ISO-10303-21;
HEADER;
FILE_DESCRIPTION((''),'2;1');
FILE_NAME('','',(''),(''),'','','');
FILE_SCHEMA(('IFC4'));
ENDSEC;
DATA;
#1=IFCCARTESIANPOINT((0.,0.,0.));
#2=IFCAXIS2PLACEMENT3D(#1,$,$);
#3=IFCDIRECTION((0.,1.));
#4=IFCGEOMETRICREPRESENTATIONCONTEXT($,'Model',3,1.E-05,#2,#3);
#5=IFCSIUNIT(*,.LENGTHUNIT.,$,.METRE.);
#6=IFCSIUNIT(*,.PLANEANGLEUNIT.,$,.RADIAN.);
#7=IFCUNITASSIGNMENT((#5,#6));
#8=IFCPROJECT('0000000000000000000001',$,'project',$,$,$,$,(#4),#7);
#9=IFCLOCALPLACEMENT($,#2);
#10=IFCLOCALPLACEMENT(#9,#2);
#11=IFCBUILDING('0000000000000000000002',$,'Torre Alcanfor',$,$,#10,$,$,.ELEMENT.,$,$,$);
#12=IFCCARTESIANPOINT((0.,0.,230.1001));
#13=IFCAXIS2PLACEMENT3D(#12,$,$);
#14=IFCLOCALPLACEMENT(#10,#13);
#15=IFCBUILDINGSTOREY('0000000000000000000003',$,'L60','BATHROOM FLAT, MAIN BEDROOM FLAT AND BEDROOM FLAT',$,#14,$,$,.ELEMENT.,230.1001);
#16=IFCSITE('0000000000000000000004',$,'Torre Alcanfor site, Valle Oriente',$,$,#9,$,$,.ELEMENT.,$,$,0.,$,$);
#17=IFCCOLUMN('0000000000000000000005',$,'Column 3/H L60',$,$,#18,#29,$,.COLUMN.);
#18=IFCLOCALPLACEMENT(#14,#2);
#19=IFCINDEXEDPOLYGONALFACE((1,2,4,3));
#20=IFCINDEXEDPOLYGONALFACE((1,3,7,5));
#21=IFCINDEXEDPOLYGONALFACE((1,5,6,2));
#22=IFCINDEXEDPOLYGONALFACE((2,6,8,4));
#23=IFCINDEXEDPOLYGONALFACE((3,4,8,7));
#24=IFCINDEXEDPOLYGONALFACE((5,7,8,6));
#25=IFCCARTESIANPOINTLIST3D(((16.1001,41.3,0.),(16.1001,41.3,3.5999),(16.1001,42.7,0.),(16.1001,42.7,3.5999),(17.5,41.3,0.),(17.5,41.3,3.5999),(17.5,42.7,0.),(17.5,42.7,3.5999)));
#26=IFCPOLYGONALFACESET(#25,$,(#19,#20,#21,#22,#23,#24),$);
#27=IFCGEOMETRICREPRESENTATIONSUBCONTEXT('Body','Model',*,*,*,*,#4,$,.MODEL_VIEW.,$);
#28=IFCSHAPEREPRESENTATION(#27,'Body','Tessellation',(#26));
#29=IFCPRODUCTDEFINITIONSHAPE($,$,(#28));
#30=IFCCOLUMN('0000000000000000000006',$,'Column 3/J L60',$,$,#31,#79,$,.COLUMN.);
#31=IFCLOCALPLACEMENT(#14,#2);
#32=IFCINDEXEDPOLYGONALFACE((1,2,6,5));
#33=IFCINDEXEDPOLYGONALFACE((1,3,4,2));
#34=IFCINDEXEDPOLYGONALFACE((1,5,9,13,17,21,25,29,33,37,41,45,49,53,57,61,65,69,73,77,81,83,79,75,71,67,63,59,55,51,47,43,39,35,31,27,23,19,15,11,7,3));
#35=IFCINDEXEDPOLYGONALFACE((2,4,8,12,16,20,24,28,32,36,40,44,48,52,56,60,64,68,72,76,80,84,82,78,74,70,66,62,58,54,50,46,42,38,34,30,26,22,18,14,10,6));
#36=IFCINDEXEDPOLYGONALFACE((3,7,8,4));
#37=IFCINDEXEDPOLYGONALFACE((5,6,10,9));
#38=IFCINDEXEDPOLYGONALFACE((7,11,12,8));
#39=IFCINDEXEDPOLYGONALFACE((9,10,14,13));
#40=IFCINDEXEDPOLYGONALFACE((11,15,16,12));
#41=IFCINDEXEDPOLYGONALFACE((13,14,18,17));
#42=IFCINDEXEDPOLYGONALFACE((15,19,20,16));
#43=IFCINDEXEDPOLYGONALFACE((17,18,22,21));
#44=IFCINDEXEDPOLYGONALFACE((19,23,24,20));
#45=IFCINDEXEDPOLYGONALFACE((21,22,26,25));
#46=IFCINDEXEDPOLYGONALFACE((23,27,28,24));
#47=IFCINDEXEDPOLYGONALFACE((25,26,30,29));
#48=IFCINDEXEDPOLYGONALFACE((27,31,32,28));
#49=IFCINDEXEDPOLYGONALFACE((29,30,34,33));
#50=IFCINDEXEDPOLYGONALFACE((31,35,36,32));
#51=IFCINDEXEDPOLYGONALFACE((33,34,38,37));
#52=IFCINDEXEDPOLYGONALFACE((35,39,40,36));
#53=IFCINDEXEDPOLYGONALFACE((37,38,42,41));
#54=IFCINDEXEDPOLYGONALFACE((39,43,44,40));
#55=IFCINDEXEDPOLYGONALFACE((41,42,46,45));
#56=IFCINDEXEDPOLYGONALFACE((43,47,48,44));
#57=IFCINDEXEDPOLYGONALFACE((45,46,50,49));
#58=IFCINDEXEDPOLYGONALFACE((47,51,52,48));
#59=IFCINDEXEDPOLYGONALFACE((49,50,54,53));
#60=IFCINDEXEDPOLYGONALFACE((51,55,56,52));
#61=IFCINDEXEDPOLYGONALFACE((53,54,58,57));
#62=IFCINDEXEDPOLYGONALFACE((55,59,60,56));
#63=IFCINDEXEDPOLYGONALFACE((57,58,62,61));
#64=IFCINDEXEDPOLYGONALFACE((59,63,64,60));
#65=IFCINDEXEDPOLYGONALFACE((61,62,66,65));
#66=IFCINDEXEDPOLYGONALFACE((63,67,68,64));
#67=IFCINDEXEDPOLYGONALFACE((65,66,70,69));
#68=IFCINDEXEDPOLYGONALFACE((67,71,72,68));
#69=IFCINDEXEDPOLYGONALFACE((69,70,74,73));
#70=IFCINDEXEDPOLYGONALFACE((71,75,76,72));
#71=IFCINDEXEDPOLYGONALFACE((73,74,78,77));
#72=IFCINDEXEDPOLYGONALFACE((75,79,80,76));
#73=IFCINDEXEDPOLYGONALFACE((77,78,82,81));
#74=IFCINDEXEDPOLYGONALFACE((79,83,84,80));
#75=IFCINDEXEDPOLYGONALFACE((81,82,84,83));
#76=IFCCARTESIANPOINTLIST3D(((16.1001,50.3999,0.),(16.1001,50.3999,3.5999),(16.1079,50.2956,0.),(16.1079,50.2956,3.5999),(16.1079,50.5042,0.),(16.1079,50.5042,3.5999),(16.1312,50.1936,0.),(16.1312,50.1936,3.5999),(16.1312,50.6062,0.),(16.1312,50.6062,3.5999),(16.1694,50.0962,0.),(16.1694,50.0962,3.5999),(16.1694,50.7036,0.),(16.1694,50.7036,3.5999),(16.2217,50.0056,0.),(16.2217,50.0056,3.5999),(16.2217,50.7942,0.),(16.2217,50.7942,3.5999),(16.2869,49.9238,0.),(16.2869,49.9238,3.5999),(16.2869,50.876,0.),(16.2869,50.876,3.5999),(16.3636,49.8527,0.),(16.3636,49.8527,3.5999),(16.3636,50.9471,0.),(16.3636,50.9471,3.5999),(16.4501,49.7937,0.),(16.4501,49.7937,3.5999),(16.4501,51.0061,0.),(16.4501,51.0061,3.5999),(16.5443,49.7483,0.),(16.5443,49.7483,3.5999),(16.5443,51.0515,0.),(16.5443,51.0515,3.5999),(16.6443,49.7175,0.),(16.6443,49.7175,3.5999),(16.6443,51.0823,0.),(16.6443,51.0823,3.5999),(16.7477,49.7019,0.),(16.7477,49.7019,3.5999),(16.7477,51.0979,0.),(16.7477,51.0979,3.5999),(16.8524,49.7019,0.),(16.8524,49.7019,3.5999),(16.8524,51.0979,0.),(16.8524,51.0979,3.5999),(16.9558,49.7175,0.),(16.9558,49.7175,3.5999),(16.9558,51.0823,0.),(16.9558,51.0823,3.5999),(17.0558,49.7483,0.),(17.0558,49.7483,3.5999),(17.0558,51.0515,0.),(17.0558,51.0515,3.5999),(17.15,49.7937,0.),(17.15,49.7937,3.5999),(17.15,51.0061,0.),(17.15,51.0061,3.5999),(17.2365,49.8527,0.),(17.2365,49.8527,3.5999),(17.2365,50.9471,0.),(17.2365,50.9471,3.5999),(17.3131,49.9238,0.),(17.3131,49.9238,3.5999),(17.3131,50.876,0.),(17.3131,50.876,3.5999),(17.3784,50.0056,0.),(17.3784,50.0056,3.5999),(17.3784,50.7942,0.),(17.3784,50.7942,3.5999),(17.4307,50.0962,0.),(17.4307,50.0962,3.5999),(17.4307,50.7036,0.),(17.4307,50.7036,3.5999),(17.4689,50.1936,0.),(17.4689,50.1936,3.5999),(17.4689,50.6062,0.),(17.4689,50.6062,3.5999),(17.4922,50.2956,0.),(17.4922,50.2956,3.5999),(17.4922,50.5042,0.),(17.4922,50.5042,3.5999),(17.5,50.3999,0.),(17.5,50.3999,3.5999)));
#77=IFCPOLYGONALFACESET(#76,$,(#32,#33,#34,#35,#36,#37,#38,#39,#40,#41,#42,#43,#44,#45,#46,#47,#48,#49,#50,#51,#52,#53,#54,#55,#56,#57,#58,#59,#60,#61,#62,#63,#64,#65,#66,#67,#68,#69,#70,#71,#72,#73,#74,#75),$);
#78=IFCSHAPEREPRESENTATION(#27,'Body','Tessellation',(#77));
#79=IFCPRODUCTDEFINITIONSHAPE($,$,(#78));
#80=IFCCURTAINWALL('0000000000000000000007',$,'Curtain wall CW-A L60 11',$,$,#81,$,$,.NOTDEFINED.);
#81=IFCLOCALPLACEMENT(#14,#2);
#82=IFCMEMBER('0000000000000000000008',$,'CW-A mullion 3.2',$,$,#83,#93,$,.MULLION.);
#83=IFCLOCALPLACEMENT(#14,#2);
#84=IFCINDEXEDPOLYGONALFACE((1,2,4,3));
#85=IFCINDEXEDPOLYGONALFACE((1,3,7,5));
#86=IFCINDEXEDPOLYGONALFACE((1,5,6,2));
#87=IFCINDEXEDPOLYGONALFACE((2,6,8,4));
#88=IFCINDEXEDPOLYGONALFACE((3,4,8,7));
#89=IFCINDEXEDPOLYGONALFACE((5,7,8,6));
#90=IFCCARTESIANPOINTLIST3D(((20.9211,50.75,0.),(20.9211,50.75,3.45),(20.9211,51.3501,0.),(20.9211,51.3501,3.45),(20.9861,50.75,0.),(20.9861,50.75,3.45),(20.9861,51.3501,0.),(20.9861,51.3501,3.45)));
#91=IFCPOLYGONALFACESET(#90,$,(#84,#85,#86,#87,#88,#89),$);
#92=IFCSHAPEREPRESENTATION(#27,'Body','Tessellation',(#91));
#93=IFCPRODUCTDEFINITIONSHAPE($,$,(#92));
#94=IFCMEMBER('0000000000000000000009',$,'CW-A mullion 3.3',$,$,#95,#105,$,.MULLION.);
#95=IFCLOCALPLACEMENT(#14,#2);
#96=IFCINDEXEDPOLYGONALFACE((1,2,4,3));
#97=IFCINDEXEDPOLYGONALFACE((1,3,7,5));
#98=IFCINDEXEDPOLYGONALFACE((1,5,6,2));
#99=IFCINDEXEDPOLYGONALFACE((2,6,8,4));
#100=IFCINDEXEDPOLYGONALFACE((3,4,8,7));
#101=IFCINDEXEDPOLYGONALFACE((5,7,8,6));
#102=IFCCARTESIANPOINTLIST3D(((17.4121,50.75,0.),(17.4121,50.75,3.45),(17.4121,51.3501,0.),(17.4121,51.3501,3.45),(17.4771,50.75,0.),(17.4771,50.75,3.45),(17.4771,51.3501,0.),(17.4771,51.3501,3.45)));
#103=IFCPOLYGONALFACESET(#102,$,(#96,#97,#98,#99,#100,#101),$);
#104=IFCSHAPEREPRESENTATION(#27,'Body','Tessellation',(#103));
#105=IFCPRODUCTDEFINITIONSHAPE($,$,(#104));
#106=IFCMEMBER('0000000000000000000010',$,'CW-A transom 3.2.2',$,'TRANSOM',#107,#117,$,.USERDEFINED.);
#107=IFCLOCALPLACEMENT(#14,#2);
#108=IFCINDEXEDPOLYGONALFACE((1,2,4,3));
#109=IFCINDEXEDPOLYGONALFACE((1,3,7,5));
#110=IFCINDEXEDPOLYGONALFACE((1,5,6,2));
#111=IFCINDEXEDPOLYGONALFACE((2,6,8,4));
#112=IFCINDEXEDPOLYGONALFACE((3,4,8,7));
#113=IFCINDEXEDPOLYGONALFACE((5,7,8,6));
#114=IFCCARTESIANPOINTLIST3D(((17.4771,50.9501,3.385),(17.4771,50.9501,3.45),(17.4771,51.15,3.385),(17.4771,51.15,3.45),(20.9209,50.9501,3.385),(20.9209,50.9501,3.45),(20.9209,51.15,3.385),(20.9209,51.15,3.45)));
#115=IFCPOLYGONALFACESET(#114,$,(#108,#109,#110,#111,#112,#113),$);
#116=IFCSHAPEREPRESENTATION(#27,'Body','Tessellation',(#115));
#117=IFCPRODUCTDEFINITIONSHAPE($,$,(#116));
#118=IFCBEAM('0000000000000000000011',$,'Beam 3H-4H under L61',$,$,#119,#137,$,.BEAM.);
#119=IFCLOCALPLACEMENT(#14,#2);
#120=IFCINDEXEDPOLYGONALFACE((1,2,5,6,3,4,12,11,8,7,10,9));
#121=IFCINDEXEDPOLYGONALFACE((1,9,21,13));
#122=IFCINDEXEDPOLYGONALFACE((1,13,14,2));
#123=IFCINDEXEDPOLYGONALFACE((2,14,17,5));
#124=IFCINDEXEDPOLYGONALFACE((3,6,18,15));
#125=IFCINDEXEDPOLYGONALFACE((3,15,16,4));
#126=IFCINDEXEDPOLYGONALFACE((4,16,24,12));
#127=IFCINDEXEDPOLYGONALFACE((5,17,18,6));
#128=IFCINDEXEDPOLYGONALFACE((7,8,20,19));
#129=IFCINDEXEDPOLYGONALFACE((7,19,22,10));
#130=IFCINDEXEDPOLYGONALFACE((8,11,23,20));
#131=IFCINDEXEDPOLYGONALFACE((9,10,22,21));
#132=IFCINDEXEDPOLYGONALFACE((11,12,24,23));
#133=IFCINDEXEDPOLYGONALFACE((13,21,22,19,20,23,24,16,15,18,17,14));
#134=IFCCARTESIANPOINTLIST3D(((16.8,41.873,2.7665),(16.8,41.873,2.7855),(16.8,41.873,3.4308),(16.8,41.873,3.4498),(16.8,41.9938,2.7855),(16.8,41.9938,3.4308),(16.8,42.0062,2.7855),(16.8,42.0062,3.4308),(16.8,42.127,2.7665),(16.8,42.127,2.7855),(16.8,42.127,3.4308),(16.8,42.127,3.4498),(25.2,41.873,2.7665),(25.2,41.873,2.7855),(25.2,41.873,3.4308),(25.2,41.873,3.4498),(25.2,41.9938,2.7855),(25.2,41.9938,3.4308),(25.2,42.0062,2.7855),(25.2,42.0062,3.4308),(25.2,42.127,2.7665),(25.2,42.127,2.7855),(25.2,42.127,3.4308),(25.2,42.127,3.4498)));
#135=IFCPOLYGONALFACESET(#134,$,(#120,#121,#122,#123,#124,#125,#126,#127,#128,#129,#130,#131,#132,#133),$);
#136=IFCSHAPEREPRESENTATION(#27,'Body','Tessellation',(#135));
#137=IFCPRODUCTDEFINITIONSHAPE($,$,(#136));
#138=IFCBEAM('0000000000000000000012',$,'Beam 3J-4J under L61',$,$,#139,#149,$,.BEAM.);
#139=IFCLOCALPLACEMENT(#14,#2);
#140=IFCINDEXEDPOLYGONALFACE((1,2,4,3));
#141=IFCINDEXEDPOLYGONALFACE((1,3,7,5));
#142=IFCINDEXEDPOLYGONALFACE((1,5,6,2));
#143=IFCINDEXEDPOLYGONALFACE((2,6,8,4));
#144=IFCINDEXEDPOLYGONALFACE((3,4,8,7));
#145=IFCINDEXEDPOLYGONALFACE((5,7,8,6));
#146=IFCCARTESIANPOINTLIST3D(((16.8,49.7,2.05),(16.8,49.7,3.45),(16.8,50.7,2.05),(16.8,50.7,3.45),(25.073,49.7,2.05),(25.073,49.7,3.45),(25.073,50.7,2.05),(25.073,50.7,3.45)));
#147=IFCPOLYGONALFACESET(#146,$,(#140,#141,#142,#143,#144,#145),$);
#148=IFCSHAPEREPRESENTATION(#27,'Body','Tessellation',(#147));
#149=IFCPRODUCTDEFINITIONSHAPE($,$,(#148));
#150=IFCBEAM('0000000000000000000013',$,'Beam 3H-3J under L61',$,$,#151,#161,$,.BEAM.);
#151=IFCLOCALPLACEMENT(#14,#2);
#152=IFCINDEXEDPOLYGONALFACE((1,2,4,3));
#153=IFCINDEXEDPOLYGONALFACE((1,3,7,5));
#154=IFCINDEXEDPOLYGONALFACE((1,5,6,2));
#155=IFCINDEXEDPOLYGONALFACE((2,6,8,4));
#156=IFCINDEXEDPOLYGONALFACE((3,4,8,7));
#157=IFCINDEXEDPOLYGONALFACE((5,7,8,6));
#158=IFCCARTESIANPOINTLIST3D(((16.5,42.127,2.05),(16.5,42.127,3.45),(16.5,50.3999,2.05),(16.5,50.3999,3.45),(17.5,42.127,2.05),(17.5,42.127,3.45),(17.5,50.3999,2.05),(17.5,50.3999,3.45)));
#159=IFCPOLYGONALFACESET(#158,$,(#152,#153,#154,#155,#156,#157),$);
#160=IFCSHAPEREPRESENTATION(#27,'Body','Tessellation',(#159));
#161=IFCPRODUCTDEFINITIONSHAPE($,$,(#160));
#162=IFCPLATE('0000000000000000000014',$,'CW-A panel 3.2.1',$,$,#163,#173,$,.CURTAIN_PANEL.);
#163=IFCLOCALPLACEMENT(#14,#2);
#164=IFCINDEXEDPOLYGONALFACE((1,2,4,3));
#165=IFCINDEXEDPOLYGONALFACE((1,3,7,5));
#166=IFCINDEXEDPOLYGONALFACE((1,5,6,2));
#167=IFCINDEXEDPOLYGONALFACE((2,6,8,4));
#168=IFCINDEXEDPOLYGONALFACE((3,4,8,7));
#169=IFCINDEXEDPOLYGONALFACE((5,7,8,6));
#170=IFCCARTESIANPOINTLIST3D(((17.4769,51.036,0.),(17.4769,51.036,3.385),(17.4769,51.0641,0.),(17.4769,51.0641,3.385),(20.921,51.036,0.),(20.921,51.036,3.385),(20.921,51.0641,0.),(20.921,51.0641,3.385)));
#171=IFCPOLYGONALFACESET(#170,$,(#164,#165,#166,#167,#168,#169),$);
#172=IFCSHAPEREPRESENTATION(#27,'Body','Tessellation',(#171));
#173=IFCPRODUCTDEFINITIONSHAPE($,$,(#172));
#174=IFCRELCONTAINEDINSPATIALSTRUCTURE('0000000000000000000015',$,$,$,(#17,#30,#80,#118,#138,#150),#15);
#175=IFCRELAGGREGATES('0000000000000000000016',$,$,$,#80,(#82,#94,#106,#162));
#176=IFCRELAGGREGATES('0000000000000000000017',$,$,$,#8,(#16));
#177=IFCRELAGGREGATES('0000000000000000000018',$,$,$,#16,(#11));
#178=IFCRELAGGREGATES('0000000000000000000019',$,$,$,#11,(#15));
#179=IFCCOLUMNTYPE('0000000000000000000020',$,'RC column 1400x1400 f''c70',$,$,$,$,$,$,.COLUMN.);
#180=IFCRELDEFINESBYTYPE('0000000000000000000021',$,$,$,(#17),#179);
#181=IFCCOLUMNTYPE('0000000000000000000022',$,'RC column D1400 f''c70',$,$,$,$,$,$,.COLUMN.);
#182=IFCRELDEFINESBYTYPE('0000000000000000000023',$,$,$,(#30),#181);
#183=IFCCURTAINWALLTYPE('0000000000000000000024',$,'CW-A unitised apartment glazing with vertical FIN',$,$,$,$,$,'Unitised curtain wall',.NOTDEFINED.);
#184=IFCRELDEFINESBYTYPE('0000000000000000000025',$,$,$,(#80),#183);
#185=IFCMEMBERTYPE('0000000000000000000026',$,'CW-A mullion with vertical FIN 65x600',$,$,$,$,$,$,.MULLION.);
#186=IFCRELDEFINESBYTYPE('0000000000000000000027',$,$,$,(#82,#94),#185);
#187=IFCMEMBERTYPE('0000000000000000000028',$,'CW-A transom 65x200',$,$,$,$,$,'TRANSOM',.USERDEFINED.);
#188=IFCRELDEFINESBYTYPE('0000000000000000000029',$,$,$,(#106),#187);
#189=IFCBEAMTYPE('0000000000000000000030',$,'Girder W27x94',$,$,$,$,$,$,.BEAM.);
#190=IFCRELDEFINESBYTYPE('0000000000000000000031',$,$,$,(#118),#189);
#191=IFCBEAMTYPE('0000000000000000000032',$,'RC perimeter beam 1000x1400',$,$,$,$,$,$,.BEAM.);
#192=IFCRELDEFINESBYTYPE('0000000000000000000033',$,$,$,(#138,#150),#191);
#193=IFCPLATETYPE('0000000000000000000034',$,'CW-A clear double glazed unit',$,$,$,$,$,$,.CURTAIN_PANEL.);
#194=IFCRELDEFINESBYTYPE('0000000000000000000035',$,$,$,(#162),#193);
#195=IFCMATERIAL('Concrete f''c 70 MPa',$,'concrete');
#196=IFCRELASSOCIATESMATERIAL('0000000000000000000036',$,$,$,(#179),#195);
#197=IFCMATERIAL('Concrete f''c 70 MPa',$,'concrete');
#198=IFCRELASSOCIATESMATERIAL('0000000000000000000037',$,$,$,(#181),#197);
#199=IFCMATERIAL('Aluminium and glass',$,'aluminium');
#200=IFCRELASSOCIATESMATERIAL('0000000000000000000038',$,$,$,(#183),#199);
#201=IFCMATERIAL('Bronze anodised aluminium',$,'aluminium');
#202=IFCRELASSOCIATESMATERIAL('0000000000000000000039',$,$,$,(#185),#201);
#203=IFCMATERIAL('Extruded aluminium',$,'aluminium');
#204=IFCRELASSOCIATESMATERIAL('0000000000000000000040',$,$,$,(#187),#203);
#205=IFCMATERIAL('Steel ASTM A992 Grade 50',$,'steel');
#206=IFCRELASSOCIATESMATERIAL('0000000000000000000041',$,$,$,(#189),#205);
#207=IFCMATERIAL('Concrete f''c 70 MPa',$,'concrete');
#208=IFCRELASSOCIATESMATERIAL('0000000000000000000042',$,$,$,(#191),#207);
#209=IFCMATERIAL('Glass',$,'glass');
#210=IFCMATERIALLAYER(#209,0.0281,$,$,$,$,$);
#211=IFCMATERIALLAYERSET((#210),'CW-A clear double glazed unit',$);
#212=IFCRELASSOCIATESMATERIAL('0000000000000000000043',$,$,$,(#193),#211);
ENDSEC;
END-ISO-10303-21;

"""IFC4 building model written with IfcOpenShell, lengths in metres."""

from ifc_helpers import new_model, si_unit, direction, frame, origin, origin_2d, place, context, subcontext, project, spatial, rectangle, circle, i_section, extrude, material, layer, layer_set, material_profile, profile_set, type_object, element, aggregate, save


model = new_model("IFC4")

# Units and contexts
model_context = context("Model", 3, precision=1e-05, world=origin(), true_north=direction((0.0, 1.0)))
body_context = subcontext(model_context, "Body", "Model", "MODEL_VIEW")
ifc_project = project(units=[si_unit("LENGTHUNIT", "METRE"), si_unit("PLANEANGLEUNIT", "RADIAN")], contexts=[model_context])

# Site, building, storey
site_placement = place(None, origin())
site = spatial("IfcSite", under=ifc_project, at=site_placement, Name="Torre Alcanfor site, Valle Oriente", CompositionType="ELEMENT", RefElevation=0.0)
building_placement = place(site_placement, origin())
building = spatial("IfcBuilding", under=site, at=building_placement, Name="Torre Alcanfor", CompositionType="ELEMENT")
storey_placement = place(building_placement, frame((0.0, 0.0, 230.1001)))
storey = spatial("IfcBuildingStorey", under=building, at=storey_placement, Name="L60", Description="BATHROOM FLAT, MAIN BEDROOM FLAT AND BEDROOM FLAT", CompositionType="ELEMENT", Elevation=230.1001)

# Columns
ifc_material_1 = material(Name="Concrete f'c 70 MPa", Category="concrete")
ifc_material_profile_1 = material_profile(ifc_material_1, rectangle(XDim=1.3999, YDim=1.3999, at=origin_2d()), Name="1400x1400")
ifc_profile_set_1 = profile_set([ifc_material_profile_1], Name="Concrete f'c 70 MPa")
column_type_1 = type_object("IfcColumnType", Name="RC column 1400x1400 f'c70", PredefinedType="COLUMN", material=ifc_profile_set_1)
column_1_placement = place(storey_placement, frame((16.8, 42.0, 0.0), z_axis=(0.0, 0.0, 1.0), x_axis=(1.0, 0.0, 0.0)))
element("IfcColumn", 1, at=column_1_placement, inside=storey, type_object=column_type_1, Name="Column 3/H L60", PredefinedType="COLUMN", context=body_context, shape_type="SweptSolid", body=[
    extrude(rectangle(XDim=1.3999, YDim=1.3999, at=origin_2d()), origin(), (0.0, 0.0, 1.0), 3.5999),
])
ifc_material_2 = material(Name="Concrete f'c 70 MPa", Category="concrete")
ifc_material_profile_2 = material_profile(ifc_material_2, circle(Radius=0.7, at=origin_2d()), Name="D1400")
ifc_profile_set_2 = profile_set([ifc_material_profile_2], Name="Concrete f'c 70 MPa")
column_type_2 = type_object("IfcColumnType", Name="RC column D1400 f'c70", PredefinedType="COLUMN", material=ifc_profile_set_2)
column_2_placement = place(storey_placement, frame((16.8, 50.3999, 0.0), z_axis=(0.0, 0.0, 1.0), x_axis=(1.0, 0.0, 0.0)))
element("IfcColumn", 2, at=column_2_placement, inside=storey, type_object=column_type_2, Name="Column 3/J L60", PredefinedType="COLUMN", context=body_context, shape_type="SweptSolid", body=[
    extrude(circle(Radius=0.7, at=origin_2d()), origin(), (0.0, 0.0, 1.0), 3.5999),
])

# Curtain wall, members
ifc_material_3 = material(Name="Aluminium and glass", Category="aluminium")
curtain_wall_type = type_object("IfcCurtainWallType", Name="CW-A unitised apartment glazing with vertical FIN", ElementType="Unitised curtain wall", PredefinedType="NOTDEFINED", material=ifc_material_3)
curtain_wall_placement = place(storey_placement, origin())
curtain_wall = element("IfcCurtainWall", 3, at=curtain_wall_placement, inside=storey, type_object=curtain_wall_type, Name="Curtain wall CW-A L60 11", PredefinedType="NOTDEFINED")
ifc_material_4 = material(Name="Bronze anodised aluminium", Category="aluminium")
ifc_material_profile_3 = material_profile(ifc_material_4, rectangle(XDim=0.6001, YDim=0.0649, at=origin_2d()), Name="CW-A mullion 65x600")
ifc_profile_set_3 = profile_set([ifc_material_profile_3], Name="Bronze anodised aluminium")
member_type_1 = type_object("IfcMemberType", Name="CW-A mullion with vertical FIN 65x600", PredefinedType="MULLION", material=ifc_profile_set_3)
member_1_placement = place(storey_placement, frame((20.9536, 51.05, 0.0), z_axis=(0.0, 0.0, 1.0), x_axis=(0.0, -1.0, 0.0)))
member_1 = element("IfcMember", 4, at=member_1_placement, type_object=member_type_1, Name="CW-A mullion 3.2", PredefinedType="MULLION", context=body_context, shape_type="SweptSolid", body=[
    extrude(rectangle(XDim=0.6001, YDim=0.0649, at=origin_2d()), origin(), (0.0, 0.0, 1.0), 3.45),
])
member_2_placement = place(storey_placement, frame((17.4446, 51.05, 0.0), z_axis=(0.0, 0.0, 1.0), x_axis=(0.0, -1.0, 0.0)))
member_2 = element("IfcMember", 5, at=member_2_placement, type_object=member_type_1, Name="CW-A mullion 3.3", PredefinedType="MULLION", context=body_context, shape_type="SweptSolid", body=[
    extrude(rectangle(XDim=0.6001, YDim=0.0649, at=origin_2d()), origin(), (0.0, 0.0, 1.0), 3.45),
])
ifc_material_5 = material(Name="Extruded aluminium", Category="aluminium")
ifc_material_profile_4 = material_profile(ifc_material_5, rectangle(XDim=0.2, YDim=0.0649, at=origin_2d()), Name="CW-A transom 200x65")
ifc_profile_set_4 = profile_set([ifc_material_profile_4], Name="Extruded aluminium")
member_type_2 = type_object("IfcMemberType", Name="CW-A transom 65x200", ElementType="TRANSOM", PredefinedType="USERDEFINED", material=ifc_profile_set_4)
member_3_placement = place(storey_placement, frame((20.9209, 51.05, 3.4175), z_axis=(-1.0, 0.0, 0.0), x_axis=(0.0, -1.0, 0.0)))
member_3 = element("IfcMember", 6, at=member_3_placement, type_object=member_type_2, Name="CW-A transom 3.2.2", ObjectType="TRANSOM", PredefinedType="USERDEFINED", context=body_context, shape_type="SweptSolid", body=[
    extrude(rectangle(XDim=0.2, YDim=0.0649, at=origin_2d()), origin(), (0.0, 0.0, 1.0), 3.4438),
])

# Beams
ifc_material_6 = material(Name="Steel ASTM A992 Grade 50", Category="steel")
ifc_material_profile_5 = material_profile(ifc_material_6, i_section(OverallWidth=0.2539, OverallDepth=0.6833, WebThickness=0.0125, FlangeThickness=0.019, at=origin_2d()), Name="W27x94")
ifc_profile_set_5 = profile_set([ifc_material_profile_5], Name="Steel ASTM A992 Grade 50")
beam_type_1 = type_object("IfcBeamType", Name="Girder W27x94", PredefinedType="BEAM", material=ifc_profile_set_5)
beam_placement = place(storey_placement, frame((16.8, 42.0, 3.1082), z_axis=(1.0, 0.0, 0.0), x_axis=(0.0, 1.0, 0.0)))
element("IfcBeam", 7, at=beam_placement, inside=storey, type_object=beam_type_1, Name="Beam 3H-4H under L61", PredefinedType="BEAM", context=body_context, shape_type="SweptSolid", body=[
    extrude(i_section(OverallWidth=0.2539, OverallDepth=0.6833, WebThickness=0.0125, FlangeThickness=0.019, at=origin_2d()), origin(), (0.0, 0.0, 1.0), 8.3999),
])
ifc_material_7 = material(Name="Concrete f'c 70 MPa", Category="concrete")
ifc_material_profile_6 = material_profile(ifc_material_7, rectangle(XDim=1.0, YDim=1.3999, at=origin_2d()), Name="1000x1400")
ifc_profile_set_6 = profile_set([ifc_material_profile_6], Name="Concrete f'c 70 MPa")
beam_type_2 = type_object("IfcBeamType", Name="RC perimeter beam 1000x1400", PredefinedType="BEAM", material=ifc_profile_set_6)
for number, where, z_axis, x_axis, name in (
    (8, (16.8, 50.2, 2.75), (1.0, 0.0, 0.0), (0.0, 1.0, 0.0), "Beam 3J-4J under L61"),
    (9, (17.0, 42.127, 2.75), (0.0, 1.0, 0.0), (-1.0, 0.0, 0.0), "Beam 3H-3J under L61"),
):
    element("IfcBeam", number, at=place(storey_placement, frame(where, z_axis=z_axis, x_axis=x_axis)), inside=storey, type_object=beam_type_2, Name=name, PredefinedType="BEAM", context=body_context, shape_type="SweptSolid", body=[
        extrude(rectangle(XDim=1.0, YDim=1.3999, at=origin_2d()), origin(), (0.0, 0.0, 1.0), 8.2729),
    ])

# Plate
ifc_material_8 = material(Name="Glass", Category="glass")
ifc_layer_1 = layer(ifc_material_8, 0.0281)
ifc_layer_set_1 = layer_set([ifc_layer_1], Name="CW-A clear double glazed unit")
plate_type = type_object("IfcPlateType", Name="CW-A clear double glazed unit", PredefinedType="CURTAIN_PANEL", material=ifc_layer_set_1)
plate_placement = place(storey_placement, frame((19.199, 51.05, 0.0), z_axis=(0.0, 0.0, 1.0), x_axis=(-1.0, 0.0, 0.0)))
plate = element("IfcPlate", 10, at=plate_placement, type_object=plate_type, Name="CW-A panel 3.2.1", PredefinedType="CURTAIN_PANEL", context=body_context, shape_type="SweptSolid", body=[
    extrude(rectangle(XDim=3.4441, YDim=0.0281, at=origin_2d()), origin(), (0.0, 0.0, 1.0), 3.385),
])
aggregate(curtain_wall, [member_1, member_2, member_3, plate])

save(model, "model.ifc")
